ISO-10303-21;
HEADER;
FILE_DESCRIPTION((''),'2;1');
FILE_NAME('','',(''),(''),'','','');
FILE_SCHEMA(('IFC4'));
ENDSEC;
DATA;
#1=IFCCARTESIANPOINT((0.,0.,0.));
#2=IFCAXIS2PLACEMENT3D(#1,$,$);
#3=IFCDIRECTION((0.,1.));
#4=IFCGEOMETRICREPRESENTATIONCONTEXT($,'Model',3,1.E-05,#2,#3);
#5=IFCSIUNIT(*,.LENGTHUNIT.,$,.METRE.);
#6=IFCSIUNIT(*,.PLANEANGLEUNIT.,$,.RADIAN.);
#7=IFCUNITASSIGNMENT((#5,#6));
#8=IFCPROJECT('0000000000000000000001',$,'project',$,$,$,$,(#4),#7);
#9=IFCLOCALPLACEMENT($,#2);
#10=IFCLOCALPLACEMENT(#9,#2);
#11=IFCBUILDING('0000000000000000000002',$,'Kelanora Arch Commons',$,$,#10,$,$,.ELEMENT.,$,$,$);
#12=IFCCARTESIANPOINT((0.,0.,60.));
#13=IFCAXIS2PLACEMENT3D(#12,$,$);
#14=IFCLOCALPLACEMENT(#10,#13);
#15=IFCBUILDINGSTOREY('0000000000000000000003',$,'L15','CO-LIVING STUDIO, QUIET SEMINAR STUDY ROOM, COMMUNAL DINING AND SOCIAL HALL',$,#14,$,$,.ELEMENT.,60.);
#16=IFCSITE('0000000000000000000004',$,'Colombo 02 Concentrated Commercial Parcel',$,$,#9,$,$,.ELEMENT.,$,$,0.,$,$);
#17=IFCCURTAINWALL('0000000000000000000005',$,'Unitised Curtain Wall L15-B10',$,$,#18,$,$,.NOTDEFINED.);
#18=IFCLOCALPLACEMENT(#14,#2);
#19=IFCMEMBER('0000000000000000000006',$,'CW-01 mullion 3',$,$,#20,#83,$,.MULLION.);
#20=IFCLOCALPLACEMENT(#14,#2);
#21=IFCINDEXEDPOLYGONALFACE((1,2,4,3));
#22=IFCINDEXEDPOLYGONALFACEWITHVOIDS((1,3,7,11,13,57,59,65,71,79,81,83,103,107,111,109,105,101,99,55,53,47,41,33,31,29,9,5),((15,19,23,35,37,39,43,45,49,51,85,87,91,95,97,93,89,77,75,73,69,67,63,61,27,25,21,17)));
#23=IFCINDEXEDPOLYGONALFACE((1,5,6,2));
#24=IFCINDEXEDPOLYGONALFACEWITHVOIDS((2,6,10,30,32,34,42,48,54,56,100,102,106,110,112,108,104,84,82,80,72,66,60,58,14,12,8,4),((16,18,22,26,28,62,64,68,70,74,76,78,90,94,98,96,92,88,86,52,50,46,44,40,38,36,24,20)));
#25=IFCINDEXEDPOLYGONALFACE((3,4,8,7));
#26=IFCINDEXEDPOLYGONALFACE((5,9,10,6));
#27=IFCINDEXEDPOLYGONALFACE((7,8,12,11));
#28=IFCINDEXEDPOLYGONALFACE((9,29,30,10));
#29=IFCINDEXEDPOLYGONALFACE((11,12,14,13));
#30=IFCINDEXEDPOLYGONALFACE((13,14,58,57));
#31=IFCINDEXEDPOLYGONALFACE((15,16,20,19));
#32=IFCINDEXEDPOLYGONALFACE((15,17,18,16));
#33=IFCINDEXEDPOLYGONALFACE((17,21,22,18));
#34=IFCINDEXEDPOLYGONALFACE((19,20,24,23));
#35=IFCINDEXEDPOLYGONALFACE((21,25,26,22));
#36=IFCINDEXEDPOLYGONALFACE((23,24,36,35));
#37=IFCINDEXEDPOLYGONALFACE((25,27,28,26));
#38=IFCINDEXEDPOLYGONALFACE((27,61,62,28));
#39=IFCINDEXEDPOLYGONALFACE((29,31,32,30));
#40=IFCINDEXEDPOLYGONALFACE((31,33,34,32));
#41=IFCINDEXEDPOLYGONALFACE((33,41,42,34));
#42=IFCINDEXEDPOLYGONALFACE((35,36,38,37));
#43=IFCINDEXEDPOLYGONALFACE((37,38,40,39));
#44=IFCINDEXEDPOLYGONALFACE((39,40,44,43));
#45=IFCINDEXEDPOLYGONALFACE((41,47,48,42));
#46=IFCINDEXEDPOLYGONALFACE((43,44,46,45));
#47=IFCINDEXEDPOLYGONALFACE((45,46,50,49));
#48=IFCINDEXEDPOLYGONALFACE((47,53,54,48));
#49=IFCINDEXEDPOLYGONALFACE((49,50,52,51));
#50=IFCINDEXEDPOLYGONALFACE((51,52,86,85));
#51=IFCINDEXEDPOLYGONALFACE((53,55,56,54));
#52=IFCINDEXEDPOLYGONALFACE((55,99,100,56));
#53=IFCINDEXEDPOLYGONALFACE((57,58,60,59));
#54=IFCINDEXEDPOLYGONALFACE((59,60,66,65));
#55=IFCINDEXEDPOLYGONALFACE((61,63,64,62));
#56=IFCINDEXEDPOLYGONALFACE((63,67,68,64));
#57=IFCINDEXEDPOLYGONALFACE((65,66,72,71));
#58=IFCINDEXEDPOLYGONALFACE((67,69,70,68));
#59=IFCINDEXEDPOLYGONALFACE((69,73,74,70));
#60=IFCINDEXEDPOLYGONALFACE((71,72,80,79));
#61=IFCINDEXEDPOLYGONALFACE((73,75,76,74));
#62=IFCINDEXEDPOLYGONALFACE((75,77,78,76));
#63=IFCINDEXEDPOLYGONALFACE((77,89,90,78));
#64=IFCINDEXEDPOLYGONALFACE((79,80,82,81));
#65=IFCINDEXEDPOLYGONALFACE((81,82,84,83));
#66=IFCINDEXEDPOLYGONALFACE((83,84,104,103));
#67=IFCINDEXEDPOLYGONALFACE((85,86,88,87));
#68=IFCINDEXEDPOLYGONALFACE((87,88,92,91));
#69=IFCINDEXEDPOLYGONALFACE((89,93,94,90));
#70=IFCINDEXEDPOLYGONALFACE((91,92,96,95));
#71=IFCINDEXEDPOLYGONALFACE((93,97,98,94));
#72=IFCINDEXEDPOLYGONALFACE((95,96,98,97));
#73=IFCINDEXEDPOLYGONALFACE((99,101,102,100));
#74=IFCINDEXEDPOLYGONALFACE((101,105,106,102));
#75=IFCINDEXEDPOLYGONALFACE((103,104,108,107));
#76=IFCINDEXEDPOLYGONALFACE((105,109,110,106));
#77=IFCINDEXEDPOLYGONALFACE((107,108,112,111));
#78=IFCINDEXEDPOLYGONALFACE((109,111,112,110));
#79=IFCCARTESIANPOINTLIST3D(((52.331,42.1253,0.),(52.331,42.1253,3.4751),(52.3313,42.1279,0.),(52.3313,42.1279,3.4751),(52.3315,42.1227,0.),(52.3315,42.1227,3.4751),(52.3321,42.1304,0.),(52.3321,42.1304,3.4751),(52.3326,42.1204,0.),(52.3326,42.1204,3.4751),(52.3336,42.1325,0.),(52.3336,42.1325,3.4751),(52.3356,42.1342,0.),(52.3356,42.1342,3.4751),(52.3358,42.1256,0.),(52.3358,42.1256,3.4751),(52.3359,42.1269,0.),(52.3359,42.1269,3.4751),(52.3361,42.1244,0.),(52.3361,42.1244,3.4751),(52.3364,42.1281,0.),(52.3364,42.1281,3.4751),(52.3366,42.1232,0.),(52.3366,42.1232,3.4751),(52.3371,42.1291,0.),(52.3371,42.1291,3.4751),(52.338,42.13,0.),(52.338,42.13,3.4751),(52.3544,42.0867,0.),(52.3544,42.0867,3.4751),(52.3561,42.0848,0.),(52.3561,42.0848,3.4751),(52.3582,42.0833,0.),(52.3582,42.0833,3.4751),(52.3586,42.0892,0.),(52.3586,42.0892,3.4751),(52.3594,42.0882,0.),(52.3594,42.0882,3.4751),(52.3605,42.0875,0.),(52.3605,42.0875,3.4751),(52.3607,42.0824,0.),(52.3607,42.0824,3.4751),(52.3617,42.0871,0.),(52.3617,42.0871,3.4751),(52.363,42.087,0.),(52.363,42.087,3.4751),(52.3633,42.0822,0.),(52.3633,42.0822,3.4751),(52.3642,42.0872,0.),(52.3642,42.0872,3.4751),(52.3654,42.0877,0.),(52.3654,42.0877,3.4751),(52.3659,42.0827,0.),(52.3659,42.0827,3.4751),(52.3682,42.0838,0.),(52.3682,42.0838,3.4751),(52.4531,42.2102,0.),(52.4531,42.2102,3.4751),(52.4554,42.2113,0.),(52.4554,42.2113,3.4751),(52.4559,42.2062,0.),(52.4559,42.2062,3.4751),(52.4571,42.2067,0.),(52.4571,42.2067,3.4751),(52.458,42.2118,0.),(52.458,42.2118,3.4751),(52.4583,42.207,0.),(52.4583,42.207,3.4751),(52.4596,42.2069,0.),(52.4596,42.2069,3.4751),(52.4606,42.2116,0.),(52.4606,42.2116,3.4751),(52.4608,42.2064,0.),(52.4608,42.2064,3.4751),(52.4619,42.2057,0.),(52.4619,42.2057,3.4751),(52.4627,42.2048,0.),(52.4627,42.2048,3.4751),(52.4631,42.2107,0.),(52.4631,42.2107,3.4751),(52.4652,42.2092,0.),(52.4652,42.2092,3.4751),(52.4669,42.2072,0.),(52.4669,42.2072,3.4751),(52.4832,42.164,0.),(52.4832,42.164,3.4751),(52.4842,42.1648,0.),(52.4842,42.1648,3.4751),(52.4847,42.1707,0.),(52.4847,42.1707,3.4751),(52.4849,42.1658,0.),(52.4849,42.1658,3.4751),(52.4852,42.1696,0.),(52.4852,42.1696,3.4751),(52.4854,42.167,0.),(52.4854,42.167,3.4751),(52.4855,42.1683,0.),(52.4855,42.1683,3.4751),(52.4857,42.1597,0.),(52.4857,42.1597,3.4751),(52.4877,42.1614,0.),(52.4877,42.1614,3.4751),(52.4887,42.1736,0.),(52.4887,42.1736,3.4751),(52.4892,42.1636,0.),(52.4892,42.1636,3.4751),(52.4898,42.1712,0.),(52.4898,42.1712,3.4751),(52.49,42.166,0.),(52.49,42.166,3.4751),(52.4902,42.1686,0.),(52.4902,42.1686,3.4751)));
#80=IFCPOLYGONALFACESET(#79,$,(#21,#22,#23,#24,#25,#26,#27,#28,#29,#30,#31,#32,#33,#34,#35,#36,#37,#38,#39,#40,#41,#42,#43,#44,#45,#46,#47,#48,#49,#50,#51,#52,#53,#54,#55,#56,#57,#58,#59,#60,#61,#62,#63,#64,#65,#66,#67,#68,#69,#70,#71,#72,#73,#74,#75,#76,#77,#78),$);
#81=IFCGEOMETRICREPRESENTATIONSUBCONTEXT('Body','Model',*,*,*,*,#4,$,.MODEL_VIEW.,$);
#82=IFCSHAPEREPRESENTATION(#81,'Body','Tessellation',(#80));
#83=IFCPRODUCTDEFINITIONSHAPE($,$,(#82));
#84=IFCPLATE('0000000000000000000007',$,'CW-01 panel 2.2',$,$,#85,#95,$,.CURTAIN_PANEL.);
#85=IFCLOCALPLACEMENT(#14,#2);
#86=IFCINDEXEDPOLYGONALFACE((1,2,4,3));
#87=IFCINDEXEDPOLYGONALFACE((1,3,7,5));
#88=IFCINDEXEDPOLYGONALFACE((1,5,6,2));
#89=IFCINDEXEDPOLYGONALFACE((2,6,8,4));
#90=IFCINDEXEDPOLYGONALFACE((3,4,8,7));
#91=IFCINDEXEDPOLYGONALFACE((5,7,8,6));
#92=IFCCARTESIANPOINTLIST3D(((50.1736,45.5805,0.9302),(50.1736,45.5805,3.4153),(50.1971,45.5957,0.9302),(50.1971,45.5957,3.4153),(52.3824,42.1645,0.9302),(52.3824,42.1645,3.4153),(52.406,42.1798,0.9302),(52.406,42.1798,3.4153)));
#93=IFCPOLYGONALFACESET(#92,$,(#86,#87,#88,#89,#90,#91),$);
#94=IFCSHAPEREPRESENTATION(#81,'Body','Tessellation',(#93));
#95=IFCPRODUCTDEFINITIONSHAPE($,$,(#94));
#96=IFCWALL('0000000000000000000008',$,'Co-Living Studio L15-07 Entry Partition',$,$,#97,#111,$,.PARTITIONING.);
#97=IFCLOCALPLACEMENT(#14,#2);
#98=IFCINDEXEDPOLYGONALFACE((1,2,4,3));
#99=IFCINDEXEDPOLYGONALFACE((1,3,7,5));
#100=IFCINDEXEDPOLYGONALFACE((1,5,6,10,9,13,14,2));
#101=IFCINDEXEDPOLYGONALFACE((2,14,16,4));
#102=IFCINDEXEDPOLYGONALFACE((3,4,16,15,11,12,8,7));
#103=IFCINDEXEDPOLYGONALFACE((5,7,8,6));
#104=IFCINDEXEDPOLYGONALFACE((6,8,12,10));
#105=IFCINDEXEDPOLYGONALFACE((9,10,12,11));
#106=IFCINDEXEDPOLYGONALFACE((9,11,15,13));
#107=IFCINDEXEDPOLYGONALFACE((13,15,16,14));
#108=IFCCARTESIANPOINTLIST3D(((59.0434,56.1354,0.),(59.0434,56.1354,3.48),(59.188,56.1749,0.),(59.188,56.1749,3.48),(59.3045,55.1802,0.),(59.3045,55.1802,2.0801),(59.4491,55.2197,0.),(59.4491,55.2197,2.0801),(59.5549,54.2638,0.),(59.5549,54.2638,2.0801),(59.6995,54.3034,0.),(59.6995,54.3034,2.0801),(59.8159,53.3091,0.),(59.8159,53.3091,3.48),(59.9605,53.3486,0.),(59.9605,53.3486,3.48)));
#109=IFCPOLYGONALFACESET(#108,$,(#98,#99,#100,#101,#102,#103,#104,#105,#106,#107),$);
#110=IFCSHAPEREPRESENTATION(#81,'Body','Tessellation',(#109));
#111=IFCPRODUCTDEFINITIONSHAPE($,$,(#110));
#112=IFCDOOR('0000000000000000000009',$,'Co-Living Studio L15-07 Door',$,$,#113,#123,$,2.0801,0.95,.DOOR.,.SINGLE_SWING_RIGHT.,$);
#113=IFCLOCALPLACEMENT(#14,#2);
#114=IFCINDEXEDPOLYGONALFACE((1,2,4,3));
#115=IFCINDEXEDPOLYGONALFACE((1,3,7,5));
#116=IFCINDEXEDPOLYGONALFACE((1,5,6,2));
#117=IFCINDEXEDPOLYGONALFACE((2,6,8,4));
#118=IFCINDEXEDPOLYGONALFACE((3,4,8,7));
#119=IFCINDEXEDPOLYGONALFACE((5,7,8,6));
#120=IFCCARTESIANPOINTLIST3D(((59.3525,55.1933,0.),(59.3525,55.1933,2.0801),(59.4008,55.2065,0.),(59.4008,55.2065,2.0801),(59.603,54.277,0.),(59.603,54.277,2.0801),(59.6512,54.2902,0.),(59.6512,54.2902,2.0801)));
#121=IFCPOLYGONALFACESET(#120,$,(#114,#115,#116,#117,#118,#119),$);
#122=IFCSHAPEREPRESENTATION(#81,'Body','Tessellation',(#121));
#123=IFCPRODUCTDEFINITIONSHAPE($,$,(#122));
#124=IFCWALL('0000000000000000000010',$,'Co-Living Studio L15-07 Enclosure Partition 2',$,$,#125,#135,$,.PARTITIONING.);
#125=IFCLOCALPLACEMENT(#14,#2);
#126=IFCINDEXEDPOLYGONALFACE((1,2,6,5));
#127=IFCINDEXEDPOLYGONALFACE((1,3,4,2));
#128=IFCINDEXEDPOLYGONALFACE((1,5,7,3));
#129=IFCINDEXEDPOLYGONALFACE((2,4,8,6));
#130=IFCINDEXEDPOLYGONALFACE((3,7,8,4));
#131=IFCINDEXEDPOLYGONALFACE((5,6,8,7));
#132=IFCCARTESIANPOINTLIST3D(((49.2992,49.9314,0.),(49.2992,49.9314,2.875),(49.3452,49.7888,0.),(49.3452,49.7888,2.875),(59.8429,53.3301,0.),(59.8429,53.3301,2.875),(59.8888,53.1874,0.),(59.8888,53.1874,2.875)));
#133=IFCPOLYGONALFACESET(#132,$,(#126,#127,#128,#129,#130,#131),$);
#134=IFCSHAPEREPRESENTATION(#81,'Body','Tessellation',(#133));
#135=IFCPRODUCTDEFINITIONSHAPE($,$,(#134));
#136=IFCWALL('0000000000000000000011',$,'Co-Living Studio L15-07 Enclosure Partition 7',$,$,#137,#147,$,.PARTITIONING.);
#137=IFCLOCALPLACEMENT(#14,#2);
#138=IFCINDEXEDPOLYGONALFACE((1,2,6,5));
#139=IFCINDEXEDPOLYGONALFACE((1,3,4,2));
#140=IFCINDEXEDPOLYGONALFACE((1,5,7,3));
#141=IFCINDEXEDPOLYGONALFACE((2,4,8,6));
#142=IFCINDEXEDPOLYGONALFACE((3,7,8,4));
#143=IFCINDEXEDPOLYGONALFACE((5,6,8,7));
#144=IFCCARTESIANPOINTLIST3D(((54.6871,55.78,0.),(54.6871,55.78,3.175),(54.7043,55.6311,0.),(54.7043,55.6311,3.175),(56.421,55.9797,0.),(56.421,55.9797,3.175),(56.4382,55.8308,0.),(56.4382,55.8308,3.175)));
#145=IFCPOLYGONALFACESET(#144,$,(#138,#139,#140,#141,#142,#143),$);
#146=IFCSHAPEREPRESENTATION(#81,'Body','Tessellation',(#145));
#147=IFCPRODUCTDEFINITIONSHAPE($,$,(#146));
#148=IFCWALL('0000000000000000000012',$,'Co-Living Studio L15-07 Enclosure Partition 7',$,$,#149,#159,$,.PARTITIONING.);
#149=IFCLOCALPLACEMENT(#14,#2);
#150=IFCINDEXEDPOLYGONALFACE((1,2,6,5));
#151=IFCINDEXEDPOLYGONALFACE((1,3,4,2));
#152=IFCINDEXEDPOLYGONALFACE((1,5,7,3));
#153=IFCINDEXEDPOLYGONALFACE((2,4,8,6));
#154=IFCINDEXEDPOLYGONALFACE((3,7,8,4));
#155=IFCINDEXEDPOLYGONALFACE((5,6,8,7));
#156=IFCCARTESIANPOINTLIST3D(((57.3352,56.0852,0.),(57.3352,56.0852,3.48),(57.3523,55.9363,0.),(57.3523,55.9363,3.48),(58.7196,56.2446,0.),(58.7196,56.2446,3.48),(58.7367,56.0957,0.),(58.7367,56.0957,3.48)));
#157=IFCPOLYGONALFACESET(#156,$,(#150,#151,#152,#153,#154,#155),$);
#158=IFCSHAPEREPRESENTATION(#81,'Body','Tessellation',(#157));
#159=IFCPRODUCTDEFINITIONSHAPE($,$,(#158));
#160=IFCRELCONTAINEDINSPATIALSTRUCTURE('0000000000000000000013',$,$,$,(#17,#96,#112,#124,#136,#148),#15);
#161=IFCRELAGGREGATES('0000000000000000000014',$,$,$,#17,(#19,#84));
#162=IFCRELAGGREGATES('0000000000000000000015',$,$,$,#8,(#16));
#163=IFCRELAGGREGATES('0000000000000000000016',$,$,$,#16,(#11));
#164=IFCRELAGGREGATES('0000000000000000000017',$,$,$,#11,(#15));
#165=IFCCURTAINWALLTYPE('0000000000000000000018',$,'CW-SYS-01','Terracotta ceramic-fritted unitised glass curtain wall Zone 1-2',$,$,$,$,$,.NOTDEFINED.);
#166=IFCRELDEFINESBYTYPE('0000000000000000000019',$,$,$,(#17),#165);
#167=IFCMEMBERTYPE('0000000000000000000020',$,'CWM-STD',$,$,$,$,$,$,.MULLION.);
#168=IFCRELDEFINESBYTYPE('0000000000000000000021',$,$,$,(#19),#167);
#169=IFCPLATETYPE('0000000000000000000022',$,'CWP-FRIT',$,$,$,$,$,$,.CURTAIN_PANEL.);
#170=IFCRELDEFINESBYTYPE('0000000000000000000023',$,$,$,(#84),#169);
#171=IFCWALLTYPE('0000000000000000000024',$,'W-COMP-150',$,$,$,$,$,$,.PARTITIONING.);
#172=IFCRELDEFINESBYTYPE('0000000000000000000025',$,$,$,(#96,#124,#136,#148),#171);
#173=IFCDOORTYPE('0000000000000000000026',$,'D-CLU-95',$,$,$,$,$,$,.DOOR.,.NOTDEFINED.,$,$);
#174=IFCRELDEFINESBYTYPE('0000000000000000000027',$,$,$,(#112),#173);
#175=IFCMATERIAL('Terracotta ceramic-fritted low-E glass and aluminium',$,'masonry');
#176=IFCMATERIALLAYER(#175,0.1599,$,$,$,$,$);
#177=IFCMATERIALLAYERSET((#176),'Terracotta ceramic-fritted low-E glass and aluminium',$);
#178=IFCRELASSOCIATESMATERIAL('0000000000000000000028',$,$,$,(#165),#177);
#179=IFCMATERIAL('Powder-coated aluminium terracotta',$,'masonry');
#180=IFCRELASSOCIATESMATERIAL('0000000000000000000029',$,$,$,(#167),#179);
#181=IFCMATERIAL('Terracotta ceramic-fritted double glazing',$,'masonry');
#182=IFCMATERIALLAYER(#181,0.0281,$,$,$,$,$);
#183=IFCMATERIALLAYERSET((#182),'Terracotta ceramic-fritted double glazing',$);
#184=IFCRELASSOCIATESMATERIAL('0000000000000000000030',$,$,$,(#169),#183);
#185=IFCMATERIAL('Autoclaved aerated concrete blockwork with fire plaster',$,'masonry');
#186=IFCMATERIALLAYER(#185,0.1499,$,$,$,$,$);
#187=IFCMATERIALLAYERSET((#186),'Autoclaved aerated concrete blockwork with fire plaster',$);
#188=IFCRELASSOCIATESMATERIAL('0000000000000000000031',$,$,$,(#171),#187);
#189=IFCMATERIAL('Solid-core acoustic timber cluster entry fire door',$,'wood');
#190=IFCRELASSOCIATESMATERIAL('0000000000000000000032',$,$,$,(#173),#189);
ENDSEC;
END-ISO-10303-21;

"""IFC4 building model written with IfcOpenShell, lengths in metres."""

from ifc_helpers import new_model, si_unit, direction, frame, frame_2d, origin, origin_2d, place, context, subcontext, project, spatial, rectangle, hollow_rectangle, extrude, source, transform, mapped, material, layer, layer_set, material_profile, profile_set, type_object, element, fill, aggregate, save


model = new_model("IFC4")

# Units and contexts
model_context = context("Model", 3, precision=1e-05, world=origin(), true_north=direction((0.0, 1.0)))
body_context = subcontext(model_context, "Body", "Model", "MODEL_VIEW")
ifc_project = project(units=[si_unit("LENGTHUNIT", "METRE"), si_unit("PLANEANGLEUNIT", "RADIAN")], contexts=[model_context])

# Site, building, storey
site_placement = place(None, origin())
site = spatial("IfcSite", under=ifc_project, at=site_placement, Name="Colombo 02 Concentrated Commercial Parcel", CompositionType="ELEMENT", RefElevation=0.0)
building_placement = place(site_placement, origin())
building = spatial("IfcBuilding", under=site, at=building_placement, Name="Kelanora Arch Commons", CompositionType="ELEMENT")
storey_placement = place(building_placement, frame((0.0, 0.0, 60.0)))
storey = spatial("IfcBuildingStorey", under=building, at=storey_placement, Name="L15", Description="CO-LIVING STUDIO, QUIET SEMINAR STUDY ROOM, COMMUNAL DINING AND SOCIAL HALL", CompositionType="ELEMENT", Elevation=60.0)

# Curtain wall, member, plate
ifc_material_1 = material(Name="Terracotta ceramic-fritted low-E glass and aluminium", Category="masonry")
ifc_layer_1 = layer(ifc_material_1, 0.1599)
ifc_layer_set_1 = layer_set([ifc_layer_1], Name="Terracotta ceramic-fritted low-E glass and aluminium")
curtain_wall_type = type_object("IfcCurtainWallType", Name="CW-SYS-01", Description="Terracotta ceramic-fritted unitised glass curtain wall Zone 1-2", PredefinedType="NOTDEFINED", material=ifc_layer_set_1)
curtain_wall_placement = place(storey_placement, origin())
curtain_wall = element("IfcCurtainWall", 1, at=curtain_wall_placement, inside=storey, type_object=curtain_wall_type, Name="Unitised Curtain Wall L15-B10", PredefinedType="NOTDEFINED")
ifc_material_2 = material(Name="Powder-coated aluminium terracotta", Category="masonry")
ifc_material_profile_1 = material_profile(ifc_material_2, hollow_rectangle(XDim=0.1599, YDim=0.0601, WallThickness=0.0049, InnerFilletRadius=0.0049, OuterFilletRadius=0.01, at=origin_2d()), Name="CWM160x60")
ifc_profile_set_1 = profile_set([ifc_material_profile_1], Name="Powder-coated aluminium terracotta")
member_type = type_object("IfcMemberType", Name="CWM-STD", PredefinedType="MULLION", material=ifc_profile_set_1)
member_placement = place(storey_placement, frame((52.4106, 42.147, 0.0), z_axis=(0.0, 0.0, 1.0), x_axis=(0.83973, 0.543004, 0.0)))
member = element("IfcMember", 2, at=member_placement, type_object=member_type, Name="CW-01 mullion 3", PredefinedType="MULLION", context=body_context, shape_type="SweptSolid", body=[
    extrude(hollow_rectangle(XDim=0.1599, YDim=0.0601, WallThickness=0.0049, InnerFilletRadius=0.0049, OuterFilletRadius=0.01, at=origin_2d()), origin(), (0.0, 0.0, 1.0), 3.4751),
])
ifc_material_3 = material(Name="Terracotta ceramic-fritted double glazing", Category="masonry")
ifc_layer_2 = layer(ifc_material_3, 0.0281)
ifc_layer_set_2 = layer_set([ifc_layer_2], Name="Terracotta ceramic-fritted double glazing")
plate_type = type_object("IfcPlateType", Name="CWP-FRIT", PredefinedType="CURTAIN_PANEL", material=ifc_layer_set_2)
shared_shape_1 = source(origin(), body_context, "Body", "SweptSolid", [
    extrude(rectangle(XDim=4.0679, YDim=0.0281, at=origin_2d()), origin(), (0.0, 0.0, 1.0), 2.4851),
])
plate_placement = place(storey_placement, frame((51.2898, 43.8801, 0.9302), z_axis=(0.0, 0.0, 1.0), x_axis=(0.543004, -0.83973, 0.0)))
plate = element("IfcPlate", 3, at=plate_placement, type_object=plate_type, Name="CW-01 panel 2.2", PredefinedType="CURTAIN_PANEL", context=body_context, shape_type="MappedRepresentation", body=[
    mapped(shared_shape_1, transform((0.0, 0.0, 0.0), scale=1.0)),
])
aggregate(curtain_wall, [member, plate])

# Wall, opening, door
ifc_material_4 = material(Name="Autoclaved aerated concrete blockwork with fire plaster", Category="masonry")
ifc_layer_3 = layer(ifc_material_4, 0.1499)
ifc_layer_set_3 = layer_set([ifc_layer_3], Name="Autoclaved aerated concrete blockwork with fire plaster")
wall_type_1 = type_object("IfcWallType", Name="W-COMP-150", PredefinedType="PARTITIONING", material=ifc_layer_set_3)
wall_1_placement = place(storey_placement, frame((59.1157, 56.155, 0.0), z_axis=(0.0, 0.0, 1.0), x_axis=(0.263653, -0.964618, 0.0)))
wall_1 = element("IfcWall", 4, at=wall_1_placement, inside=storey, type_object=wall_type_1, Name="Co-Living Studio L15-07 Entry Partition", PredefinedType="PARTITIONING", context=body_context, shape_type="SweptSolid", body=[
    extrude(rectangle(XDim=2.9299, YDim=0.1499, at=frame_2d((1.4648, 0.0))), origin(), (0.0, 0.0, 1.0), 3.48),
])
opening_1_placement = place(wall_1_placement, frame((0.99, 0.0, 0.0)))
opening_1 = element("IfcOpeningElement", 5, at=opening_1_placement, cuts=wall_1, PredefinedType="OPENING", context=body_context, shape_type="SweptSolid", body=[
    extrude(rectangle(XDim=0.95, YDim=2.0801, at=frame_2d((0.4751, 1.04))), frame((0.0, 0.085, 0.0), z_axis=(0.0, -1.0, 0.0), x_axis=(1.0, 0.0, 0.0)), (0.0, 0.0, 1.0), 0.1699),
])
ifc_material_5 = material(Name="Solid-core acoustic timber cluster entry fire door", Category="wood")
door_type_1 = type_object("IfcDoorType", Name="D-CLU-95", OperationType="NOTDEFINED", PredefinedType="DOOR", material=ifc_material_5)
door_1_placement = place(opening_1_placement, origin())
door_1 = element("IfcDoor", 6, at=door_1_placement, inside=storey, type_object=door_type_1, Name="Co-Living Studio L15-07 Door", OperationType="SINGLE_SWING_RIGHT", OverallHeight=2.0801, OverallWidth=0.95, PredefinedType="DOOR", context=body_context, shape_type="SweptSolid", body=[
    extrude(rectangle(XDim=0.95, YDim=2.0801, at=frame_2d((0.4751, 1.04))), frame((0.0, 0.0249, 0.0), z_axis=(0.0, -1.0, 0.0), x_axis=(1.0, 0.0, 0.0)), (0.0, 0.0, 1.0), 0.05),
])
fill(opening_1, door_1)

# Walls
wall_2_placement = place(storey_placement, frame((59.866, 53.2588, 0.0), z_axis=(0.0, 0.0, 1.0), x_axis=(-0.951775, -0.306797, 0.0)))
element("IfcWall", 7, at=wall_2_placement, inside=storey, type_object=wall_type_1, Name="Co-Living Studio L15-07 Enclosure Partition 2", PredefinedType="PARTITIONING", context=body_context, shape_type="SweptSolid", body=[
    extrude(rectangle(XDim=11.0779, YDim=0.1499, at=frame_2d((5.5391, 0.0))), origin(), (0.0, 0.0, 1.0), 2.875),
])
wall_3_placement = place(storey_placement, frame((54.6958, 55.7056, 0.0), z_axis=(0.0, 0.0, 1.0), x_axis=(0.993432, 0.114422, 0.0)))
element("IfcWall", 8, at=wall_3_placement, inside=storey, type_object=wall_type_1, Name="Co-Living Studio L15-07 Enclosure Partition 7", PredefinedType="PARTITIONING", context=body_context, shape_type="SweptSolid", body=[
    extrude(rectangle(XDim=1.7454, YDim=0.1499, at=frame_2d((0.8726, 0.0))), origin(), (0.0, 0.0, 1.0), 3.175),
])
wall_4_placement = place(storey_placement, frame((57.3438, 56.0107, 0.0), z_axis=(0.0, 0.0, 1.0), x_axis=(0.993436, 0.114391, 0.0)))
element("IfcWall", 9, at=wall_4_placement, inside=storey, type_object=wall_type_1, Name="Co-Living Studio L15-07 Enclosure Partition 7", PredefinedType="PARTITIONING", context=body_context, shape_type="SweptSolid", body=[
    extrude(rectangle(XDim=1.3936, YDim=0.1499, at=frame_2d((0.6968, 0.0))), origin(), (0.0, 0.0, 1.0), 3.48),
])

save(model, "model.ifc")
